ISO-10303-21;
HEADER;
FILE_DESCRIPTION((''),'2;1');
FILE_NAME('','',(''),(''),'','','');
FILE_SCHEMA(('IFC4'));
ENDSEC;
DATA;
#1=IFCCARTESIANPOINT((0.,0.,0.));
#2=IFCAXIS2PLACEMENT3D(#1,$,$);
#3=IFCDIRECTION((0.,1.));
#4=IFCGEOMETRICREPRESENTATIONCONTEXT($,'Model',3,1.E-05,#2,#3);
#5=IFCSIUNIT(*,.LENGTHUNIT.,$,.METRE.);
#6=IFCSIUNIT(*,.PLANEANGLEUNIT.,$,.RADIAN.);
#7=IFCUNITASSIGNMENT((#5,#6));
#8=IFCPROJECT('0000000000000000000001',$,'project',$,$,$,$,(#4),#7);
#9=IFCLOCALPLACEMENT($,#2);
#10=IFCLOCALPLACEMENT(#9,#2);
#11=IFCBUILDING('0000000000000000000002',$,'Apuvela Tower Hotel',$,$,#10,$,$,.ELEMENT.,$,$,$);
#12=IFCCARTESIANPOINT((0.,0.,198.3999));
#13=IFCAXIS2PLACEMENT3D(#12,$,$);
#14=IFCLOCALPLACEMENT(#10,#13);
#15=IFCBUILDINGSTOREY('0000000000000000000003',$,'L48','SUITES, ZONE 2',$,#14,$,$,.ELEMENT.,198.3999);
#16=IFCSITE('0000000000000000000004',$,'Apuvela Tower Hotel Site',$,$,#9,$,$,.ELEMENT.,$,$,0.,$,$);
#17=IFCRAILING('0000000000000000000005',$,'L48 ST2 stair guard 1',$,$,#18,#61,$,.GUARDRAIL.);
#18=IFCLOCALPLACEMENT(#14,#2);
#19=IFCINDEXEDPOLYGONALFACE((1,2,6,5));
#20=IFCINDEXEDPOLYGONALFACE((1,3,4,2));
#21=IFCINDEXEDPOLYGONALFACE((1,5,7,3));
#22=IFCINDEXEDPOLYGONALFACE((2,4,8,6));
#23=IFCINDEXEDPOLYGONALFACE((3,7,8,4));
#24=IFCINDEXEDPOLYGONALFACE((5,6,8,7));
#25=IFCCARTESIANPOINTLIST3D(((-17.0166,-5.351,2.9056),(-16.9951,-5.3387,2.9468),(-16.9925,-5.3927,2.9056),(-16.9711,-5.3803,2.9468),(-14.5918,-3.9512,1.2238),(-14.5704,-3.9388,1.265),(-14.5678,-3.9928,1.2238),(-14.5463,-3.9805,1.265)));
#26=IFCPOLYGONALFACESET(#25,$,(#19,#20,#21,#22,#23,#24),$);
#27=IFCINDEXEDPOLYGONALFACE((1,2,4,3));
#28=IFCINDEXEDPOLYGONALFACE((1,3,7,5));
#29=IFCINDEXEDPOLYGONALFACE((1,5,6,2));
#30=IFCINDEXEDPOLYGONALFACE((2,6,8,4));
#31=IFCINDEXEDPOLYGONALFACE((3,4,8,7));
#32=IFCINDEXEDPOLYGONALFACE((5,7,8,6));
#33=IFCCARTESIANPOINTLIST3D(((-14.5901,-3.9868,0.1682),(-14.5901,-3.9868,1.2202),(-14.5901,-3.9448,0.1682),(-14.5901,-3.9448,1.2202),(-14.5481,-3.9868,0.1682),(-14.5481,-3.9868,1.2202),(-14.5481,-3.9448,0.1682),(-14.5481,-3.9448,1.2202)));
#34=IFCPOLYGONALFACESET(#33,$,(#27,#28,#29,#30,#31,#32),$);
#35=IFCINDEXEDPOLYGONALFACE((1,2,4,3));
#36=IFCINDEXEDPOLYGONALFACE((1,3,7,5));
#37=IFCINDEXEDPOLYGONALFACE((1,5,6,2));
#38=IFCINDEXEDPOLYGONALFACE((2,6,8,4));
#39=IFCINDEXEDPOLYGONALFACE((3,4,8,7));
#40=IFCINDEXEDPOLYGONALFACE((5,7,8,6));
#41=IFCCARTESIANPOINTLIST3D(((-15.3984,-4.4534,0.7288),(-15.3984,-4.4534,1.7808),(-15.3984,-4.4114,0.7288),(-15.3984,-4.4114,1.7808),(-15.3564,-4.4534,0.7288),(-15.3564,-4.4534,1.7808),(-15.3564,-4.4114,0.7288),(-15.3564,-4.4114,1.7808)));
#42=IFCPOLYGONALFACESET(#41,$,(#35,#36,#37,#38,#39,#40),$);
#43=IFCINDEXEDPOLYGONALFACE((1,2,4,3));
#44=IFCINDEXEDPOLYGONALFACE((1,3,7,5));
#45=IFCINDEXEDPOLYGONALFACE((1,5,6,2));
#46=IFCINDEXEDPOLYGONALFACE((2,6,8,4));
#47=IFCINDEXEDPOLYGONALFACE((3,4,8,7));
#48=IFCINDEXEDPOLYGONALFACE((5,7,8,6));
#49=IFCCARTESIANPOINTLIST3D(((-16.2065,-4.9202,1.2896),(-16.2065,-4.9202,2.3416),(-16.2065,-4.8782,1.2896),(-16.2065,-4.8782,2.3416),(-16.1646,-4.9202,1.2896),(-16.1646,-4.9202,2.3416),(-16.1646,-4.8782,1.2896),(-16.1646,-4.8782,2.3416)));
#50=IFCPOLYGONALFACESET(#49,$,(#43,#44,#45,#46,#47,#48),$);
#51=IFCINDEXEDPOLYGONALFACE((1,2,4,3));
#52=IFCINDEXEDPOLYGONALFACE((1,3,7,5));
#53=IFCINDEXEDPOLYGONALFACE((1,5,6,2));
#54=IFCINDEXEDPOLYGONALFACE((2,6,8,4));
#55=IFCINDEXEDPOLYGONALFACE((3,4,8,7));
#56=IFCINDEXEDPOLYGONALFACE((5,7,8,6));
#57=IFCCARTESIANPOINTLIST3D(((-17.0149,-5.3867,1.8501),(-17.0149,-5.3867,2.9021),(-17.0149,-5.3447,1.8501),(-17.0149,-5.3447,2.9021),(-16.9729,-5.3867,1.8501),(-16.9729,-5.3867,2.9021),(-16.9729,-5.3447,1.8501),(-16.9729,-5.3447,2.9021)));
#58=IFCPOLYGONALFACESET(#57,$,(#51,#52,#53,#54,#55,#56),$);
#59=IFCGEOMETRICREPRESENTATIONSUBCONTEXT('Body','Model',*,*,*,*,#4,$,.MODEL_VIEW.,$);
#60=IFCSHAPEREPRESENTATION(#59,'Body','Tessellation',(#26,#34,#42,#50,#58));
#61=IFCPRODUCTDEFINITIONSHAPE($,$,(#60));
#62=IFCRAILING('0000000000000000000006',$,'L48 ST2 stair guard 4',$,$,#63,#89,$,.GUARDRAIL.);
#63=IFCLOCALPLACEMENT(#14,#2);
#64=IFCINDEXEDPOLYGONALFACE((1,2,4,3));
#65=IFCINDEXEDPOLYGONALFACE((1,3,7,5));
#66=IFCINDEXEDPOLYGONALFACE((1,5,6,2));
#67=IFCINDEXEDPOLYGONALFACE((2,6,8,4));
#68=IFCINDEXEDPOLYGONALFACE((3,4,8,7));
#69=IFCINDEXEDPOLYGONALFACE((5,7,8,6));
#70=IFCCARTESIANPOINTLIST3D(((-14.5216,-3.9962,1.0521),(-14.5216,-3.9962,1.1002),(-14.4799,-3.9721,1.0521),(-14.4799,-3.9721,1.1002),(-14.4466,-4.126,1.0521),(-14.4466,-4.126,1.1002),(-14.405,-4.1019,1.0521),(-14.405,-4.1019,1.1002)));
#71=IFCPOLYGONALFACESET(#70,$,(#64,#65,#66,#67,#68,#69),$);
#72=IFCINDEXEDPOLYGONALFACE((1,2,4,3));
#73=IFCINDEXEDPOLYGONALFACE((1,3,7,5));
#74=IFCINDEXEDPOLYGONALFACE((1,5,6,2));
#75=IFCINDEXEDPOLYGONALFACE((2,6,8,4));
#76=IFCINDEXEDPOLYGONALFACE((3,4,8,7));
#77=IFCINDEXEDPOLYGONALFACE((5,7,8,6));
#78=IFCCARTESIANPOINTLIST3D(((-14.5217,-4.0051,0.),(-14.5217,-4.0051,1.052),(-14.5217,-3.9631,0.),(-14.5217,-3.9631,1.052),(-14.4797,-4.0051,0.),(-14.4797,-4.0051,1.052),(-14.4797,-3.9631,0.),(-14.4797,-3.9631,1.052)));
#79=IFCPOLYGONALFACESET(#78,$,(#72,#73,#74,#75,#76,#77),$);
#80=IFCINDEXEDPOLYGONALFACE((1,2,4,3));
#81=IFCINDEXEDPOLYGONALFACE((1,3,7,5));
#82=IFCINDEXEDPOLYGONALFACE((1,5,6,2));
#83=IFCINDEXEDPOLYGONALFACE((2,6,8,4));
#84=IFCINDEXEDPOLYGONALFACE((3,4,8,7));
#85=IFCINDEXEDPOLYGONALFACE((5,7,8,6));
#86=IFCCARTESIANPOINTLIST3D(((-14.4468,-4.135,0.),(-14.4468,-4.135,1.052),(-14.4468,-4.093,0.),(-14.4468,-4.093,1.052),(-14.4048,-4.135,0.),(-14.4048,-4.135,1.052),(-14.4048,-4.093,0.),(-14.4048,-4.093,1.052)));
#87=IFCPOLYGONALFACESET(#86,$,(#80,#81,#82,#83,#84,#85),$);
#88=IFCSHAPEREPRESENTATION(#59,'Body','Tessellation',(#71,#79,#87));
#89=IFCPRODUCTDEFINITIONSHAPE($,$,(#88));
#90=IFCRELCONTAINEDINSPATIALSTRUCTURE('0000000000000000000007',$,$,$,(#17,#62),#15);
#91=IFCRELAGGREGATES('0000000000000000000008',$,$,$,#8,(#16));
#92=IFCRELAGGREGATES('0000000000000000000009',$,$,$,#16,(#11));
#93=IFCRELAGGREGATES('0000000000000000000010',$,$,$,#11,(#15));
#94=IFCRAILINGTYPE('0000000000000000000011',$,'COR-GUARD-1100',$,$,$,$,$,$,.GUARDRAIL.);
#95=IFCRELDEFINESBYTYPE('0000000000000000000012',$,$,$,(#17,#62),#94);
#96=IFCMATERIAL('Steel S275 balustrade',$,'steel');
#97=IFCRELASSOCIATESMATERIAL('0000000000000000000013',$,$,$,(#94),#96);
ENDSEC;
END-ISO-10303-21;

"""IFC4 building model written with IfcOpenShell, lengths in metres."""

from ifc_helpers import new_model, si_unit, direction, frame, origin, origin_2d, place, context, subcontext, project, spatial, rectangle, extrude, material, type_object, element, save


model = new_model("IFC4")

# Units and contexts
model_context = context("Model", 3, precision=1e-05, world=origin(), true_north=direction((0.0, 1.0)))
body_context = subcontext(model_context, "Body", "Model", "MODEL_VIEW")
ifc_project = project(units=[si_unit("LENGTHUNIT", "METRE"), si_unit("PLANEANGLEUNIT", "RADIAN")], contexts=[model_context])

# Site, building, storey
site_placement = place(None, origin())
site = spatial("IfcSite", under=ifc_project, at=site_placement, Name="Apuvela Tower Hotel Site", CompositionType="ELEMENT", RefElevation=0.0)
building_placement = place(site_placement, origin())
building = spatial("IfcBuilding", under=site, at=building_placement, Name="Apuvela Tower Hotel", CompositionType="ELEMENT")
storey_placement = place(building_placement, frame((0.0, 0.0, 198.3999)))
storey = spatial("IfcBuildingStorey", under=building, at=storey_placement, Name="L48", Description="SUITES, ZONE 2", CompositionType="ELEMENT", Elevation=198.3999)

# Railings
ifc_material_1 = material(Name="Steel S275 balustrade", Category="steel")
railing_type = type_object("IfcRailingType", Name="COR-GUARD-1100", PredefinedType="GUARDRAIL", material=ifc_material_1)
railing_1_placement = place(storey_placement, frame((-14.5691, -3.9658, 0.1682)))
element("IfcRailing", 1, at=railing_1_placement, inside=storey, type_object=railing_type, Name="L48 ST2 stair guard 1", PredefinedType="GUARDRAIL", context=body_context, shape_type="SweptSolid", body=[
    extrude(rectangle(XDim=0.0481, YDim=0.0481, at=origin_2d()), frame((0.0, 0.0, 1.0762), z_axis=(-0.74239, -0.428601, 0.514934), x_axis=(0.499984, -0.866035, 0.0)), (0.0, 0.0, 1.0), 3.2661),
    extrude(rectangle(XDim=0.042, YDim=0.042, at=origin_2d()), origin(), (0.0, 0.0, 1.0), 1.052),
    extrude(rectangle(XDim=0.042, YDim=0.042, at=origin_2d()), frame((-0.8083, -0.4666, 0.5605)), (0.0, 0.0, 1.0), 1.052),
    extrude(rectangle(XDim=0.042, YDim=0.042, at=origin_2d()), frame((-1.6165, -0.9333, 1.1213)), (0.0, 0.0, 1.0), 1.052),
    extrude(rectangle(XDim=0.042, YDim=0.042, at=origin_2d()), frame((-2.4248, -1.3999, 1.6819)), (0.0, 0.0, 1.0), 1.052),
])
railing_2_placement = place(storey_placement, frame((-14.5007, -3.9841, 0.0)))
element("IfcRailing", 2, at=railing_2_placement, inside=storey, type_object=railing_type, Name="L48 ST2 stair guard 4", PredefinedType="GUARDRAIL", context=body_context, shape_type="SweptSolid", body=[
    extrude(rectangle(XDim=0.0481, YDim=0.0481, at=origin_2d()), frame((0.0, 0.0, 1.0762), z_axis=(0.499816, -0.866131, 0.0), x_axis=(0.866131, 0.499816, 0.0)), (0.0, 0.0, 1.0), 0.1499),
    extrude(rectangle(XDim=0.042, YDim=0.042, at=origin_2d()), origin(), (0.0, 0.0, 1.0), 1.052),
    extrude(rectangle(XDim=0.042, YDim=0.042, at=origin_2d()), frame((0.075, -0.1299, 0.0)), (0.0, 0.0, 1.0), 1.052),
])

save(model, "model.ifc")
